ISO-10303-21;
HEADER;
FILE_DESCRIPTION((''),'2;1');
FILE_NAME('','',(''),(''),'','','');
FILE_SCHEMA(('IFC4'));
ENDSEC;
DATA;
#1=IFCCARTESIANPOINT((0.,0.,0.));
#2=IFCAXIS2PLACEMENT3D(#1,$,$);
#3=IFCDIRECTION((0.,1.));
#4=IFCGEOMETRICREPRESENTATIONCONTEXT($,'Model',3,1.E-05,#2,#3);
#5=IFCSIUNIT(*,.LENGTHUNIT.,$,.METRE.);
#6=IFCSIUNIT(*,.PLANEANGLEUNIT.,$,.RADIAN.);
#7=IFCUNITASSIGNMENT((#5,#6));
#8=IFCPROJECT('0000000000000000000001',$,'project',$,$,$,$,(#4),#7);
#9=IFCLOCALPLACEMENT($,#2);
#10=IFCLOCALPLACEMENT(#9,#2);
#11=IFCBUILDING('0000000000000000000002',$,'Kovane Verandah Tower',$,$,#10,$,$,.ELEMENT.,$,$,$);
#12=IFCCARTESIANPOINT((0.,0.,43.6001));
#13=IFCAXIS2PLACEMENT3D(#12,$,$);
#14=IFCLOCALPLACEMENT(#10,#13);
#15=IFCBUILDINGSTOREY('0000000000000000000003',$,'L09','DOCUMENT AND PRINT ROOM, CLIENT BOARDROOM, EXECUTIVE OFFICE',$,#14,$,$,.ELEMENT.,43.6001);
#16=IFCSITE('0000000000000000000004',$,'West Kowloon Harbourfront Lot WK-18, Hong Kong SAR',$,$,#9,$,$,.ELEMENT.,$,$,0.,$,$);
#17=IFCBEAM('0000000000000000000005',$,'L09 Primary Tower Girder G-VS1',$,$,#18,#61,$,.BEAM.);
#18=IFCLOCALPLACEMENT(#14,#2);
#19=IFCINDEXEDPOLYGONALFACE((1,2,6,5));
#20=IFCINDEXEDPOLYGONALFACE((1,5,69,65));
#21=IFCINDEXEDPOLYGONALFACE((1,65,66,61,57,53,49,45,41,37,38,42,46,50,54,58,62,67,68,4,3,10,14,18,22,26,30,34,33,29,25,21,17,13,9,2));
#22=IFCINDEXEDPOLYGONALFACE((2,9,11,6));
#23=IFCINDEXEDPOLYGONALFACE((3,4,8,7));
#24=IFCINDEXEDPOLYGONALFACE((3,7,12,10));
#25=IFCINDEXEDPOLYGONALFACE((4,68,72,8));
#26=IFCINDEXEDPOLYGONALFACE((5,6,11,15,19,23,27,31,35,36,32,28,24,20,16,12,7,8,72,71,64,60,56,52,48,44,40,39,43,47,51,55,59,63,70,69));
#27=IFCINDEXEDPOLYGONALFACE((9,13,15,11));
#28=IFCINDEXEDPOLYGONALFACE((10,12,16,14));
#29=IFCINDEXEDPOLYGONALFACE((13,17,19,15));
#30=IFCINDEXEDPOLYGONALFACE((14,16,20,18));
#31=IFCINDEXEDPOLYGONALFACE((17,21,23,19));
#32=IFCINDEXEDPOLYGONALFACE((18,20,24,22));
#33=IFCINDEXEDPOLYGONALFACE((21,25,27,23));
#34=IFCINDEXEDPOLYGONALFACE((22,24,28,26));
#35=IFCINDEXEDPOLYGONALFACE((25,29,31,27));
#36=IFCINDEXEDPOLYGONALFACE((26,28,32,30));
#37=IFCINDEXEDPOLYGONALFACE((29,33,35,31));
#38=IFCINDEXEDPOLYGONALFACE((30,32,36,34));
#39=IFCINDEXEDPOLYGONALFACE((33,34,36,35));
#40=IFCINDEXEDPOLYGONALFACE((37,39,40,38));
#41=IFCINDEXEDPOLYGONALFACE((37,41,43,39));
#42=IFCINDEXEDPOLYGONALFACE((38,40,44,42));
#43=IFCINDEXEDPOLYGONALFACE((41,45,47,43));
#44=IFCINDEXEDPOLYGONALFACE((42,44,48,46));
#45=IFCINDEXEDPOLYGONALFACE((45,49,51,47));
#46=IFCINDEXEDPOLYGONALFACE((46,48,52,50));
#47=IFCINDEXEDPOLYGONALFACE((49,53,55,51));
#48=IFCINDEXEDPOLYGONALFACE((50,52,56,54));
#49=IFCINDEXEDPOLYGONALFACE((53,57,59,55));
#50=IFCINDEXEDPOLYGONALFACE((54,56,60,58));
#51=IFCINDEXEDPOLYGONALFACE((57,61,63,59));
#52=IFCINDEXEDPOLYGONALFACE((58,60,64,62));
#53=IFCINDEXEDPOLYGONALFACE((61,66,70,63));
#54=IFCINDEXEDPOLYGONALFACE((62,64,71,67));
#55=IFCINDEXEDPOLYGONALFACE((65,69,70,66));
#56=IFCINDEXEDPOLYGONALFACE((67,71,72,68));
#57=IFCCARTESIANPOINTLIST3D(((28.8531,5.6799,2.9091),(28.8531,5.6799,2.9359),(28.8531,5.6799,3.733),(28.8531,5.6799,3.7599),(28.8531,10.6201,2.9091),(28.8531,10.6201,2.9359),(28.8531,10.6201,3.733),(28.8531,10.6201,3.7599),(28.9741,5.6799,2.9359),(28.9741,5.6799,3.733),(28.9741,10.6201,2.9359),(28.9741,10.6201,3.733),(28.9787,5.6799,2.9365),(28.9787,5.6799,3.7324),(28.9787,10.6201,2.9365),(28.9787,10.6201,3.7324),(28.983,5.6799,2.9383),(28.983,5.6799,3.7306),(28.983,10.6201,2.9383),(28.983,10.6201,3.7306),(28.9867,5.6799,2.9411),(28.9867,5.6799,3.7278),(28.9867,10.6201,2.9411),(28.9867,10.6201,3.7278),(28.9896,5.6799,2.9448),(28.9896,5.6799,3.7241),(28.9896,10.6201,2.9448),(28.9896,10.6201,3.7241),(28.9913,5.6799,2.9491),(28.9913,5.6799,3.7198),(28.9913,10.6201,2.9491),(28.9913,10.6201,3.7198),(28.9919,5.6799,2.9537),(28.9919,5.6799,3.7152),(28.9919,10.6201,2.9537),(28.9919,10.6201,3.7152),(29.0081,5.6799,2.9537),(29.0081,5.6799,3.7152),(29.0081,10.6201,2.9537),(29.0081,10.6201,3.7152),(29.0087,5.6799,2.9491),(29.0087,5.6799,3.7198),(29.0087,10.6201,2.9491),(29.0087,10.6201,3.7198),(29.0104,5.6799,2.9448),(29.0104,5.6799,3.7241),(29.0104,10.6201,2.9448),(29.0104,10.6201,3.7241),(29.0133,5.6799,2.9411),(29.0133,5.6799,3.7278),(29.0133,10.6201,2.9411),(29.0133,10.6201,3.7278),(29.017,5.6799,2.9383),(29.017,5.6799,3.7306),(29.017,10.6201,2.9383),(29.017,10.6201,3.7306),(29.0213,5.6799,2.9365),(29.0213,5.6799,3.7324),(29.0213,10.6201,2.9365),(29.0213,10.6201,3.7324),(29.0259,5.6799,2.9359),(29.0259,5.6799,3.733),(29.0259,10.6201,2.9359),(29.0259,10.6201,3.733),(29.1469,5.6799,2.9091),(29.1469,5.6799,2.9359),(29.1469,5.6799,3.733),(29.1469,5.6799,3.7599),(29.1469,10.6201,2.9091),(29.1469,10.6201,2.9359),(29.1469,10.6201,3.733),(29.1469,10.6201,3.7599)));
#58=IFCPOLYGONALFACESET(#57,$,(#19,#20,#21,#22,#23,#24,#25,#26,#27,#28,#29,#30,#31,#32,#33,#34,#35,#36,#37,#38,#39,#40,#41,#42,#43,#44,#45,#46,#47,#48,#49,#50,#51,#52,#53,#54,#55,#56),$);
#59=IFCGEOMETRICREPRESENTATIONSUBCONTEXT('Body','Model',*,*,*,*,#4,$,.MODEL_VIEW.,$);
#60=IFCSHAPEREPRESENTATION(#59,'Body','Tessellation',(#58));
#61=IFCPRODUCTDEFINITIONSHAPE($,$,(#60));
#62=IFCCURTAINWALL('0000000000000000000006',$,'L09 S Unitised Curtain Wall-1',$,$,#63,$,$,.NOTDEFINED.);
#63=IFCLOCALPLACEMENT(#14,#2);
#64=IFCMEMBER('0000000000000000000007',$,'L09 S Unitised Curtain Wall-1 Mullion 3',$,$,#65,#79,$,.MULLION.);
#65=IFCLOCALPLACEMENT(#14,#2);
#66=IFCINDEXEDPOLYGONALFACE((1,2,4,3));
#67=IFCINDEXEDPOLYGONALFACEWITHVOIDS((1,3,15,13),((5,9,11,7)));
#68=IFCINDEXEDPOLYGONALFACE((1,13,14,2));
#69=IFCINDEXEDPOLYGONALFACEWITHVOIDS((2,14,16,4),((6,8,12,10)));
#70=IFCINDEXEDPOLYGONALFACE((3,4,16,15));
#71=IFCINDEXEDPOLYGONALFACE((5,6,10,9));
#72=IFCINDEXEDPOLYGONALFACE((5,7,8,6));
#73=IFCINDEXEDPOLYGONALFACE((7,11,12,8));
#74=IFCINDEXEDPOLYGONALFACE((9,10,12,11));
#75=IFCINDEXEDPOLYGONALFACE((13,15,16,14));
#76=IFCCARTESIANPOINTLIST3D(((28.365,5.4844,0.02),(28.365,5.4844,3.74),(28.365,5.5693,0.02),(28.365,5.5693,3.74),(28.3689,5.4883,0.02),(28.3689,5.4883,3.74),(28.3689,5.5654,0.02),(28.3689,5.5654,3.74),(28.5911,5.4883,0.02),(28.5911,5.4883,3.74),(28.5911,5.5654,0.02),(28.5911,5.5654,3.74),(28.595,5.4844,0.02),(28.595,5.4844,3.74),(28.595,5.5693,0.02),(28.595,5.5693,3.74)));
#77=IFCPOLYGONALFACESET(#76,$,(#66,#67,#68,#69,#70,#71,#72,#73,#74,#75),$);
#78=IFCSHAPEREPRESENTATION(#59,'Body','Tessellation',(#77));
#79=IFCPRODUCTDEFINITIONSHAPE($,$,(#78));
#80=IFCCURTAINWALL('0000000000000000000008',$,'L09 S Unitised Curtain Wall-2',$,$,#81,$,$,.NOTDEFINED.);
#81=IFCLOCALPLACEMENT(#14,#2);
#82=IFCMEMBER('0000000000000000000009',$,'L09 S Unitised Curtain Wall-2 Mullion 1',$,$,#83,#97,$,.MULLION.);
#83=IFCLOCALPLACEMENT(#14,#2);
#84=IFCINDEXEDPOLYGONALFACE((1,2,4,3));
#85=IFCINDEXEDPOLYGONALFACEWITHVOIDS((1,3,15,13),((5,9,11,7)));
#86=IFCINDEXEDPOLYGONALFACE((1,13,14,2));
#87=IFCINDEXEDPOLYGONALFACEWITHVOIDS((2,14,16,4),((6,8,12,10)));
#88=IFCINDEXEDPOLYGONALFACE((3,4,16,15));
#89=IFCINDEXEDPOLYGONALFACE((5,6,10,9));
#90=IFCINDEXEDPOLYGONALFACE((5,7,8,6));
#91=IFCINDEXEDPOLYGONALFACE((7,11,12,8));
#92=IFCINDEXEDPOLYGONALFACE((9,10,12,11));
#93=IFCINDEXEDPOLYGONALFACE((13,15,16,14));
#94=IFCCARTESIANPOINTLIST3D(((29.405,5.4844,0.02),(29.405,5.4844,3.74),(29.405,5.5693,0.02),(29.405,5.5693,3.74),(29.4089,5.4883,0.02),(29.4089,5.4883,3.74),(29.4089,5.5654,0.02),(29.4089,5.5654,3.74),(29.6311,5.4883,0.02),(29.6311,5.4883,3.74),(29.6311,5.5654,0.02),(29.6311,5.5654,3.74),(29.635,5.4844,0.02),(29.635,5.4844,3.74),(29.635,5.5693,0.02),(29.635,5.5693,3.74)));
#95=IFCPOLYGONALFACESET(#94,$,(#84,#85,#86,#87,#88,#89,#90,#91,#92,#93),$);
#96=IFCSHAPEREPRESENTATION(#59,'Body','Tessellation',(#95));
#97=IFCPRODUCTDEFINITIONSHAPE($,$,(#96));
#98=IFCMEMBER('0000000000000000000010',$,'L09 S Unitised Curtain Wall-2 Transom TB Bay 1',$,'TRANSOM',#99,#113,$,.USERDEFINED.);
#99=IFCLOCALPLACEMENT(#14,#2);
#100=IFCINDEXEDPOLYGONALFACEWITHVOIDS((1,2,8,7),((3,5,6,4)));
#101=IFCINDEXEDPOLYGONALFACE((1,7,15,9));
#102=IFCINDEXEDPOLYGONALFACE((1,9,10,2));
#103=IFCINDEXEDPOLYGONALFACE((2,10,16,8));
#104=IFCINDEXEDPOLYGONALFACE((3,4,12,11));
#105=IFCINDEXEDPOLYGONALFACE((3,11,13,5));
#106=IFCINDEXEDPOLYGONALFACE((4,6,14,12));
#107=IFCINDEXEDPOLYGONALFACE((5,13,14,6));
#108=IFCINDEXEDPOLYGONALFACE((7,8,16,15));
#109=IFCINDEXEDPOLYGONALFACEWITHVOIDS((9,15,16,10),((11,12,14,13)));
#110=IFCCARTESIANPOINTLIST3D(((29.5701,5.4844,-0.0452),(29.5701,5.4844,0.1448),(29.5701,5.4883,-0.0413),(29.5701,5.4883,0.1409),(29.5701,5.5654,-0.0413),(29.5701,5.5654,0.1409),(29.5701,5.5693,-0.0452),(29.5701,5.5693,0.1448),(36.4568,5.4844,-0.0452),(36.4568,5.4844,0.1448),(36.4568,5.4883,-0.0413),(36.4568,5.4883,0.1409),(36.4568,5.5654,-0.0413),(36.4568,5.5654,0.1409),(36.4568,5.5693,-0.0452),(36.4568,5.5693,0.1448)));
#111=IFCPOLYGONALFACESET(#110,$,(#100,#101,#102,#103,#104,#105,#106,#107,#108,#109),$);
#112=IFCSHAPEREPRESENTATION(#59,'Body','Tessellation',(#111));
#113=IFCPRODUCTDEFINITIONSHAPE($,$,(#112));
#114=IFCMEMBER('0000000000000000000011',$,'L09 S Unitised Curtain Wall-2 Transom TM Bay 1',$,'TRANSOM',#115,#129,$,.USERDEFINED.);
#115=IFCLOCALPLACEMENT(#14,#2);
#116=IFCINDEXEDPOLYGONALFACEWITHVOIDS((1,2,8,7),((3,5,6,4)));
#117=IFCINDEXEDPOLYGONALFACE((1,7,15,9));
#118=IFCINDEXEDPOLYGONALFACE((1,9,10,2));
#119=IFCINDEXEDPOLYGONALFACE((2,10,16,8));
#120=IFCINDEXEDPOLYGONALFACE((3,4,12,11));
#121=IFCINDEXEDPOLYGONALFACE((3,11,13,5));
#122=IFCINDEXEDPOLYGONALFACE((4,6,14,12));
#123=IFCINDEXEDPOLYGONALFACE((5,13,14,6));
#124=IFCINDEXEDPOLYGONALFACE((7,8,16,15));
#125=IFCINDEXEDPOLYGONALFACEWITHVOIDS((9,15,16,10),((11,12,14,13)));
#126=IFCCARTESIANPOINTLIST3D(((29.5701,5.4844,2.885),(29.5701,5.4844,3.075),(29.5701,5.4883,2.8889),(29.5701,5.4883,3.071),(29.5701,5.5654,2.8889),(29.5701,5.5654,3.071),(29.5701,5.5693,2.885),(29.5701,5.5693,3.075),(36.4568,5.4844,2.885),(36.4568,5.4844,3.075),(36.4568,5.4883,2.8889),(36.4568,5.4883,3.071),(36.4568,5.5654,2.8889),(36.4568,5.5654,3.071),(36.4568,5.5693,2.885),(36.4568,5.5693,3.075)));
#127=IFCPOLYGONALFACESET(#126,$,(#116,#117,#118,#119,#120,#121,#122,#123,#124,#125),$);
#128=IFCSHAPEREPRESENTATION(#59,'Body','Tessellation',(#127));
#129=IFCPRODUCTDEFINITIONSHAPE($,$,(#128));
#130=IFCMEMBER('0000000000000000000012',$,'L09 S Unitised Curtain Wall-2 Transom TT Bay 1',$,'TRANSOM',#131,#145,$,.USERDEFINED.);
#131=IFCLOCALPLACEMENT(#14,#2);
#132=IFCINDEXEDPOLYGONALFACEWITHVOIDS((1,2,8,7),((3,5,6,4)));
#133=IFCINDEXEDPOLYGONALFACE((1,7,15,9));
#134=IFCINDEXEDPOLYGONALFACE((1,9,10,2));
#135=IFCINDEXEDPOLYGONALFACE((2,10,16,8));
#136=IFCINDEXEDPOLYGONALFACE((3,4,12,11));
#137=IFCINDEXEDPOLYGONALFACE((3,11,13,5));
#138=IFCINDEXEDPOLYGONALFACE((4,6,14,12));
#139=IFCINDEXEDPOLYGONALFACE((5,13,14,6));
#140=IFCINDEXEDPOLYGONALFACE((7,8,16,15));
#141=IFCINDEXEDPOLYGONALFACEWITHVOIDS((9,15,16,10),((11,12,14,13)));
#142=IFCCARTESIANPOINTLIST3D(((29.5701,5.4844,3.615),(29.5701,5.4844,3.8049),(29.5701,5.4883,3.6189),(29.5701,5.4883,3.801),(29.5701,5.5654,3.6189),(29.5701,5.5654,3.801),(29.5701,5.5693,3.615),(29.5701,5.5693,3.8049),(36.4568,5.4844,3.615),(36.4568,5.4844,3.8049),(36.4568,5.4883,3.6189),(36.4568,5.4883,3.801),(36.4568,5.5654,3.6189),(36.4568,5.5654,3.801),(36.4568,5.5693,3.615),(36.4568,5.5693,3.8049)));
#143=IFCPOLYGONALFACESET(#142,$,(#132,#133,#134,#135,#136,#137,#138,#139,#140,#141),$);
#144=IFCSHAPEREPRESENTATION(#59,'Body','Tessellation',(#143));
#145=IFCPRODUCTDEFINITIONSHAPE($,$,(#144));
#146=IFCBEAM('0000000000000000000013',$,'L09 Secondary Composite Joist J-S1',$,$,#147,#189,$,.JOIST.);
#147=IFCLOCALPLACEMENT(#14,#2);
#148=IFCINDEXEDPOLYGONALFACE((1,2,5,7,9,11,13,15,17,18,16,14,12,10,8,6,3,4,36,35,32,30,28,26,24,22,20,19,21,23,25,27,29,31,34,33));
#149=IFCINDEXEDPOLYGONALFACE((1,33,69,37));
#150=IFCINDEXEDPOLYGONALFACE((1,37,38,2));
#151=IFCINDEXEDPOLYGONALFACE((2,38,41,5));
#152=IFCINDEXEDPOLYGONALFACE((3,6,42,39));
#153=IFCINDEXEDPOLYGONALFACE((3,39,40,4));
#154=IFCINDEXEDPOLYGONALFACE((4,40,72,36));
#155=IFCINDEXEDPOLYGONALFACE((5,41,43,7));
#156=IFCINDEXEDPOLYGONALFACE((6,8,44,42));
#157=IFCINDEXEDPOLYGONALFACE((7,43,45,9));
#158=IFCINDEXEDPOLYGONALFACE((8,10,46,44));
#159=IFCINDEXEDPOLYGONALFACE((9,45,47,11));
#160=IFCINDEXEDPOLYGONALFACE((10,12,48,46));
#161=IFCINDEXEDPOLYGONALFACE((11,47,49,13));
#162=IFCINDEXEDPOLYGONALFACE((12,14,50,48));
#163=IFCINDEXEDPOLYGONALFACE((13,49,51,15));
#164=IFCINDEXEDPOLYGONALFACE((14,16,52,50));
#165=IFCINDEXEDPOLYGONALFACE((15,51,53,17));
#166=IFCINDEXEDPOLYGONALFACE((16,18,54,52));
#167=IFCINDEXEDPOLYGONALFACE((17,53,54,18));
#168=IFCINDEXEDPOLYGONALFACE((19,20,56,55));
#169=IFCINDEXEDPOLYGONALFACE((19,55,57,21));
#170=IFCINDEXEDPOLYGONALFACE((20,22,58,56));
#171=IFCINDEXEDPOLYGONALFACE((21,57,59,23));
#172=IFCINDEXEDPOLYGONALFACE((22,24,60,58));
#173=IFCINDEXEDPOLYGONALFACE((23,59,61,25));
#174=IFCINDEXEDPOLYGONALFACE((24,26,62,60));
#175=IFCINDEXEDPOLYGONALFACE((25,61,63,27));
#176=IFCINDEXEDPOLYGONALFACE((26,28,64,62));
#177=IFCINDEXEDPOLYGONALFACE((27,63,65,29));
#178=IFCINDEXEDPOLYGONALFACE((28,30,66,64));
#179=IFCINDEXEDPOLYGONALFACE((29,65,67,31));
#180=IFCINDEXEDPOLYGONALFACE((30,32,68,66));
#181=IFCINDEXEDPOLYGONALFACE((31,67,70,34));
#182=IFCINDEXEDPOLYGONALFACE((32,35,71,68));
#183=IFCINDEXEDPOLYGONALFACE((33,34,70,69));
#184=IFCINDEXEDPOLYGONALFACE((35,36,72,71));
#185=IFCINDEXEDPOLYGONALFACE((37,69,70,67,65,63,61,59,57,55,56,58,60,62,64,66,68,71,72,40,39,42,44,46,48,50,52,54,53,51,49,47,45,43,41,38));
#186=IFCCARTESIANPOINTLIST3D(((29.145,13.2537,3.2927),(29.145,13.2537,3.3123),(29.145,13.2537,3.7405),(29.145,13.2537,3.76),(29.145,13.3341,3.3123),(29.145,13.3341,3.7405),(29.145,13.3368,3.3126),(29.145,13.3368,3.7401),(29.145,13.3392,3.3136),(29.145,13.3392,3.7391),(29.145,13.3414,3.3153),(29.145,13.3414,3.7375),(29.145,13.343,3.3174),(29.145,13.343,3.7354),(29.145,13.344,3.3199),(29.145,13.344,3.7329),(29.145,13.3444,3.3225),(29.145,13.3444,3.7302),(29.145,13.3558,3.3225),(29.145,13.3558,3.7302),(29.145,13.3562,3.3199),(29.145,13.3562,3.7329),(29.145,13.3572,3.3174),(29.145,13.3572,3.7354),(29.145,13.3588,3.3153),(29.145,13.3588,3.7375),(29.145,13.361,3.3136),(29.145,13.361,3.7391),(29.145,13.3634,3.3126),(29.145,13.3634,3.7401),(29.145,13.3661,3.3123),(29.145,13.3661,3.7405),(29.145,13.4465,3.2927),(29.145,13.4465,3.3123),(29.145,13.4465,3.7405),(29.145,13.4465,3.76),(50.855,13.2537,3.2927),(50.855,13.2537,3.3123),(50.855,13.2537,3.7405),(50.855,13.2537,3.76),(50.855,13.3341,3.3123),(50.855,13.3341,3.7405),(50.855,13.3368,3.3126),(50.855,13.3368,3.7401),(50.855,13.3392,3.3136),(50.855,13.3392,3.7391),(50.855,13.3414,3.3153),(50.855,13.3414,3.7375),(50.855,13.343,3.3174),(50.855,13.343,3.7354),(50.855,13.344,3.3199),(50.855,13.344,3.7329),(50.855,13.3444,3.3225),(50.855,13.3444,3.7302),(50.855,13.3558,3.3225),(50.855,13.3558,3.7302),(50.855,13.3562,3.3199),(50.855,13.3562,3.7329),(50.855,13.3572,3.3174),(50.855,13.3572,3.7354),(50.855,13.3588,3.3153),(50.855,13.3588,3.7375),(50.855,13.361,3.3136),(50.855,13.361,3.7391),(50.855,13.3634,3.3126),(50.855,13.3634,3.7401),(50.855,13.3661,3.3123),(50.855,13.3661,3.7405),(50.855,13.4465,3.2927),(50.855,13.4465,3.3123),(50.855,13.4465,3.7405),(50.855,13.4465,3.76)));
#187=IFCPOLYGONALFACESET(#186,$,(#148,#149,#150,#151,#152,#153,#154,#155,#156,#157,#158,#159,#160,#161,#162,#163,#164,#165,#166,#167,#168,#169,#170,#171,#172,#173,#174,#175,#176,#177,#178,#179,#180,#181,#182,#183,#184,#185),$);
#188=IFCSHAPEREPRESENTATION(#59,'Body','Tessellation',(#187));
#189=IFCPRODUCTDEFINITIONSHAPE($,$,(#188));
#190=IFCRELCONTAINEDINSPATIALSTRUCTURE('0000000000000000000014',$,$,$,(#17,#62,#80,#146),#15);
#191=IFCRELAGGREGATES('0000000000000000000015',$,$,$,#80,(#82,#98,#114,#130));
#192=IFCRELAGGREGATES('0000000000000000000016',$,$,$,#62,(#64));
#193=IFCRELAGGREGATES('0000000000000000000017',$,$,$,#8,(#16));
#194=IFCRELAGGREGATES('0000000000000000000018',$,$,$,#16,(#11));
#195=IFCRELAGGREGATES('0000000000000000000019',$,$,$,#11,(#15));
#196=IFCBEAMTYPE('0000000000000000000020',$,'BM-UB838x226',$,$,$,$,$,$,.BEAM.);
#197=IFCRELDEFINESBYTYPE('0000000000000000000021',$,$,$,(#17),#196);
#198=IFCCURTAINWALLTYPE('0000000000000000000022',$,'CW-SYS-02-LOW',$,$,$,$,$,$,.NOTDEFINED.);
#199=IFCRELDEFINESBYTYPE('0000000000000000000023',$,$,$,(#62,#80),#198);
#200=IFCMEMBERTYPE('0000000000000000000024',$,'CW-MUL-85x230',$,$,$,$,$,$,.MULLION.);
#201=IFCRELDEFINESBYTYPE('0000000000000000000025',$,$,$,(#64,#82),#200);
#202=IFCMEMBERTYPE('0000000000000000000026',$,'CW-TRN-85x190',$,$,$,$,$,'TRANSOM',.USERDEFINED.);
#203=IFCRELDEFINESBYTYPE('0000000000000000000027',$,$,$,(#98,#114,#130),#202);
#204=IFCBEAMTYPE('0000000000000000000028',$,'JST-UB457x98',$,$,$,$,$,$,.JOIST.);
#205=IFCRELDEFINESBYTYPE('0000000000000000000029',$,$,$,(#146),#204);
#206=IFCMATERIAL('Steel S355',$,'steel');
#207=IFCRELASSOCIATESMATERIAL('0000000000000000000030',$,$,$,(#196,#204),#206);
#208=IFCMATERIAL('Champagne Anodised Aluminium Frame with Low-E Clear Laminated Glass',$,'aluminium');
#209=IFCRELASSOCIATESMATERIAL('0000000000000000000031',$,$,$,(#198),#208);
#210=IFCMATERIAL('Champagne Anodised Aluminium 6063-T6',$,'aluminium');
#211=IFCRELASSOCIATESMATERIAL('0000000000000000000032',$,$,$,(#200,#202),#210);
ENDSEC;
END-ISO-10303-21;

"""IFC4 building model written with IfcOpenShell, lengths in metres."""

from ifc_helpers import new_model, si_unit, direction, frame, origin, origin_2d, place, context, subcontext, project, spatial, hollow_rectangle, i_section, extrude, material, material_profile, profile_set, type_object, element, aggregate, save


model = new_model("IFC4")

# Units and contexts
model_context = context("Model", 3, precision=1e-05, world=origin(), true_north=direction((0.0, 1.0)))
body_context = subcontext(model_context, "Body", "Model", "MODEL_VIEW")
ifc_project = project(units=[si_unit("LENGTHUNIT", "METRE"), si_unit("PLANEANGLEUNIT", "RADIAN")], contexts=[model_context])

# Site, building, storey
site_placement = place(None, origin())
site = spatial("IfcSite", under=ifc_project, at=site_placement, Name="West Kowloon Harbourfront Lot WK-18, Hong Kong SAR", CompositionType="ELEMENT", RefElevation=0.0)
building_placement = place(site_placement, origin())
building = spatial("IfcBuilding", under=site, at=building_placement, Name="Kovane Verandah Tower", CompositionType="ELEMENT")
storey_placement = place(building_placement, frame((0.0, 0.0, 43.6001)))
storey = spatial("IfcBuildingStorey", under=building, at=storey_placement, Name="L09", Description="DOCUMENT AND PRINT ROOM, CLIENT BOARDROOM, EXECUTIVE OFFICE", CompositionType="ELEMENT", Elevation=43.6001)

# Beam
ifc_material_1 = material(Name="Steel S355", Category="steel")
ifc_material_profile_1 = material_profile(ifc_material_1, i_section(OverallWidth=0.2937, OverallDepth=0.8508, WebThickness=0.0161, FlangeThickness=0.0269, FilletRadius=0.0178, at=origin_2d()), Name="UB838x292x226")
ifc_profile_set_1 = profile_set([ifc_material_profile_1], Name="Steel S355")
beam_type_1 = type_object("IfcBeamType", Name="BM-UB838x226", PredefinedType="BEAM", material=ifc_profile_set_1)
beam_1_placement = place(storey_placement, frame((29.0, 10.6201, 3.3345), z_axis=(0.0, -1.0, 0.0), x_axis=(1.0, 0.0, 0.0)))
element("IfcBeam", 1, at=beam_1_placement, inside=storey, type_object=beam_type_1, Name="L09 Primary Tower Girder G-VS1", PredefinedType="BEAM", context=body_context, shape_type="SweptSolid", body=[
    extrude(i_section(OverallWidth=0.2937, OverallDepth=0.8508, WebThickness=0.0161, FlangeThickness=0.0269, FilletRadius=0.0178, at=origin_2d()), origin(), (0.0, 0.0, 1.0), 4.9402),
])

# Curtain wall, member
ifc_material_2 = material(Name="Champagne Anodised Aluminium Frame with Low-E Clear Laminated Glass", Category="aluminium")
curtain_wall_type = type_object("IfcCurtainWallType", Name="CW-SYS-02-LOW", PredefinedType="NOTDEFINED", material=ifc_material_2)
curtain_wall_1_placement = place(storey_placement, origin())
curtain_wall_1 = element("IfcCurtainWall", 2, at=curtain_wall_1_placement, inside=storey, type_object=curtain_wall_type, Name="L09 S Unitised Curtain Wall-1", PredefinedType="NOTDEFINED")
ifc_material_3 = material(Name="Champagne Anodised Aluminium 6063-T6", Category="aluminium")
ifc_material_profile_2 = material_profile(ifc_material_3, hollow_rectangle(XDim=0.085, YDim=0.23, WallThickness=0.0039, at=origin_2d()), Name="AL85x230x4")
ifc_profile_set_2 = profile_set([ifc_material_profile_2], Name="Champagne Anodised Aluminium 6063-T6")
member_type_1 = type_object("IfcMemberType", Name="CW-MUL-85x230", PredefinedType="MULLION", material=ifc_profile_set_2)
member_1_placement = place(storey_placement, frame((28.48, 5.5269, 0.02), z_axis=(0.0, 0.0, 1.0), x_axis=(0.0, -1.0, 0.0)))
member_1 = element("IfcMember", 3, at=member_1_placement, type_object=member_type_1, Name="L09 S Unitised Curtain Wall-1 Mullion 3", PredefinedType="MULLION", context=body_context, shape_type="SweptSolid", body=[
    extrude(hollow_rectangle(XDim=0.085, YDim=0.23, WallThickness=0.0039, at=origin_2d()), origin(), (0.0, 0.0, 1.0), 3.72),
])

# Curtain wall, members
curtain_wall_2_placement = place(storey_placement, origin())
curtain_wall_2 = element("IfcCurtainWall", 4, at=curtain_wall_2_placement, inside=storey, type_object=curtain_wall_type, Name="L09 S Unitised Curtain Wall-2", PredefinedType="NOTDEFINED")
member_2_placement = place(storey_placement, frame((29.52, 5.5269, 0.02), z_axis=(0.0, 0.0, 1.0), x_axis=(0.0, -1.0, 0.0)))
member_2 = element("IfcMember", 5, at=member_2_placement, type_object=member_type_1, Name="L09 S Unitised Curtain Wall-2 Mullion 1", PredefinedType="MULLION", context=body_context, shape_type="SweptSolid", body=[
    extrude(hollow_rectangle(XDim=0.085, YDim=0.23, WallThickness=0.0039, at=origin_2d()), origin(), (0.0, 0.0, 1.0), 3.72),
])
ifc_material_profile_3 = material_profile(ifc_material_3, hollow_rectangle(XDim=0.085, YDim=0.1899, WallThickness=0.0039, at=origin_2d()), Name="AL85x190x4")
ifc_profile_set_3 = profile_set([ifc_material_profile_3], Name="Champagne Anodised Aluminium 6063-T6")
member_type_2 = type_object("IfcMemberType", Name="CW-TRN-85x190", ElementType="TRANSOM", PredefinedType="USERDEFINED", material=ifc_profile_set_3)
member_3_placement = place(storey_placement, frame((29.5701, 5.5269, 0.0498), z_axis=(1.0, 0.0, 0.0), x_axis=(0.0, 1.0, 0.0)))
member_3 = element("IfcMember", 6, at=member_3_placement, type_object=member_type_2, Name="L09 S Unitised Curtain Wall-2 Transom TB Bay 1", ObjectType="TRANSOM", PredefinedType="USERDEFINED", context=body_context, shape_type="SweptSolid", body=[
    extrude(hollow_rectangle(XDim=0.085, YDim=0.1899, WallThickness=0.0039, at=origin_2d()), origin(), (0.0, 0.0, 1.0), 6.8867),
])
member_4_placement = place(storey_placement, frame((29.5701, 5.5269, 2.98), z_axis=(1.0, 0.0, 0.0), x_axis=(0.0, 1.0, 0.0)))
member_4 = element("IfcMember", 7, at=member_4_placement, type_object=member_type_2, Name="L09 S Unitised Curtain Wall-2 Transom TM Bay 1", ObjectType="TRANSOM", PredefinedType="USERDEFINED", context=body_context, shape_type="SweptSolid", body=[
    extrude(hollow_rectangle(XDim=0.085, YDim=0.1899, WallThickness=0.0039, at=origin_2d()), origin(), (0.0, 0.0, 1.0), 6.8867),
])
member_5_placement = place(storey_placement, frame((29.5701, 5.5269, 3.71), z_axis=(1.0, 0.0, 0.0), x_axis=(0.0, 1.0, 0.0)))
member_5 = element("IfcMember", 8, at=member_5_placement, type_object=member_type_2, Name="L09 S Unitised Curtain Wall-2 Transom TT Bay 1", ObjectType="TRANSOM", PredefinedType="USERDEFINED", context=body_context, shape_type="SweptSolid", body=[
    extrude(hollow_rectangle(XDim=0.085, YDim=0.1899, WallThickness=0.0039, at=origin_2d()), origin(), (0.0, 0.0, 1.0), 6.8867),
])
aggregate(curtain_wall_2, [member_2, member_3, member_4, member_5])

# Beam
ifc_material_profile_4 = material_profile(ifc_material_1, i_section(OverallWidth=0.1929, OverallDepth=0.4673, WebThickness=0.0115, FlangeThickness=0.0195, FilletRadius=0.0103, at=origin_2d()), Name="UB457x191x98")
ifc_profile_set_4 = profile_set([ifc_material_profile_4], Name="Steel S355")
beam_type_2 = type_object("IfcBeamType", Name="JST-UB457x98", PredefinedType="JOIST", material=ifc_profile_set_4)
for number, where, z_axis, x_axis, name in (
    (9, (29.145, 13.3501, 3.5264), (1.0, 0.0, 0.0), (0.0, 1.0, 0.0), "L09 Secondary Composite Joist J-S1"),
):
    element("IfcBeam", number, at=place(storey_placement, frame(where, z_axis=z_axis, x_axis=x_axis)), inside=storey, type_object=beam_type_2, Name=name, PredefinedType="JOIST", context=body_context, shape_type="SweptSolid", body=[
        extrude(i_section(OverallWidth=0.1929, OverallDepth=0.4673, WebThickness=0.0115, FlangeThickness=0.0195, FilletRadius=0.0103, at=origin_2d()), origin(), (0.0, 0.0, 1.0), 21.71),
    ])

aggregate(curtain_wall_1, [member_1])

save(model, "model.ifc")
